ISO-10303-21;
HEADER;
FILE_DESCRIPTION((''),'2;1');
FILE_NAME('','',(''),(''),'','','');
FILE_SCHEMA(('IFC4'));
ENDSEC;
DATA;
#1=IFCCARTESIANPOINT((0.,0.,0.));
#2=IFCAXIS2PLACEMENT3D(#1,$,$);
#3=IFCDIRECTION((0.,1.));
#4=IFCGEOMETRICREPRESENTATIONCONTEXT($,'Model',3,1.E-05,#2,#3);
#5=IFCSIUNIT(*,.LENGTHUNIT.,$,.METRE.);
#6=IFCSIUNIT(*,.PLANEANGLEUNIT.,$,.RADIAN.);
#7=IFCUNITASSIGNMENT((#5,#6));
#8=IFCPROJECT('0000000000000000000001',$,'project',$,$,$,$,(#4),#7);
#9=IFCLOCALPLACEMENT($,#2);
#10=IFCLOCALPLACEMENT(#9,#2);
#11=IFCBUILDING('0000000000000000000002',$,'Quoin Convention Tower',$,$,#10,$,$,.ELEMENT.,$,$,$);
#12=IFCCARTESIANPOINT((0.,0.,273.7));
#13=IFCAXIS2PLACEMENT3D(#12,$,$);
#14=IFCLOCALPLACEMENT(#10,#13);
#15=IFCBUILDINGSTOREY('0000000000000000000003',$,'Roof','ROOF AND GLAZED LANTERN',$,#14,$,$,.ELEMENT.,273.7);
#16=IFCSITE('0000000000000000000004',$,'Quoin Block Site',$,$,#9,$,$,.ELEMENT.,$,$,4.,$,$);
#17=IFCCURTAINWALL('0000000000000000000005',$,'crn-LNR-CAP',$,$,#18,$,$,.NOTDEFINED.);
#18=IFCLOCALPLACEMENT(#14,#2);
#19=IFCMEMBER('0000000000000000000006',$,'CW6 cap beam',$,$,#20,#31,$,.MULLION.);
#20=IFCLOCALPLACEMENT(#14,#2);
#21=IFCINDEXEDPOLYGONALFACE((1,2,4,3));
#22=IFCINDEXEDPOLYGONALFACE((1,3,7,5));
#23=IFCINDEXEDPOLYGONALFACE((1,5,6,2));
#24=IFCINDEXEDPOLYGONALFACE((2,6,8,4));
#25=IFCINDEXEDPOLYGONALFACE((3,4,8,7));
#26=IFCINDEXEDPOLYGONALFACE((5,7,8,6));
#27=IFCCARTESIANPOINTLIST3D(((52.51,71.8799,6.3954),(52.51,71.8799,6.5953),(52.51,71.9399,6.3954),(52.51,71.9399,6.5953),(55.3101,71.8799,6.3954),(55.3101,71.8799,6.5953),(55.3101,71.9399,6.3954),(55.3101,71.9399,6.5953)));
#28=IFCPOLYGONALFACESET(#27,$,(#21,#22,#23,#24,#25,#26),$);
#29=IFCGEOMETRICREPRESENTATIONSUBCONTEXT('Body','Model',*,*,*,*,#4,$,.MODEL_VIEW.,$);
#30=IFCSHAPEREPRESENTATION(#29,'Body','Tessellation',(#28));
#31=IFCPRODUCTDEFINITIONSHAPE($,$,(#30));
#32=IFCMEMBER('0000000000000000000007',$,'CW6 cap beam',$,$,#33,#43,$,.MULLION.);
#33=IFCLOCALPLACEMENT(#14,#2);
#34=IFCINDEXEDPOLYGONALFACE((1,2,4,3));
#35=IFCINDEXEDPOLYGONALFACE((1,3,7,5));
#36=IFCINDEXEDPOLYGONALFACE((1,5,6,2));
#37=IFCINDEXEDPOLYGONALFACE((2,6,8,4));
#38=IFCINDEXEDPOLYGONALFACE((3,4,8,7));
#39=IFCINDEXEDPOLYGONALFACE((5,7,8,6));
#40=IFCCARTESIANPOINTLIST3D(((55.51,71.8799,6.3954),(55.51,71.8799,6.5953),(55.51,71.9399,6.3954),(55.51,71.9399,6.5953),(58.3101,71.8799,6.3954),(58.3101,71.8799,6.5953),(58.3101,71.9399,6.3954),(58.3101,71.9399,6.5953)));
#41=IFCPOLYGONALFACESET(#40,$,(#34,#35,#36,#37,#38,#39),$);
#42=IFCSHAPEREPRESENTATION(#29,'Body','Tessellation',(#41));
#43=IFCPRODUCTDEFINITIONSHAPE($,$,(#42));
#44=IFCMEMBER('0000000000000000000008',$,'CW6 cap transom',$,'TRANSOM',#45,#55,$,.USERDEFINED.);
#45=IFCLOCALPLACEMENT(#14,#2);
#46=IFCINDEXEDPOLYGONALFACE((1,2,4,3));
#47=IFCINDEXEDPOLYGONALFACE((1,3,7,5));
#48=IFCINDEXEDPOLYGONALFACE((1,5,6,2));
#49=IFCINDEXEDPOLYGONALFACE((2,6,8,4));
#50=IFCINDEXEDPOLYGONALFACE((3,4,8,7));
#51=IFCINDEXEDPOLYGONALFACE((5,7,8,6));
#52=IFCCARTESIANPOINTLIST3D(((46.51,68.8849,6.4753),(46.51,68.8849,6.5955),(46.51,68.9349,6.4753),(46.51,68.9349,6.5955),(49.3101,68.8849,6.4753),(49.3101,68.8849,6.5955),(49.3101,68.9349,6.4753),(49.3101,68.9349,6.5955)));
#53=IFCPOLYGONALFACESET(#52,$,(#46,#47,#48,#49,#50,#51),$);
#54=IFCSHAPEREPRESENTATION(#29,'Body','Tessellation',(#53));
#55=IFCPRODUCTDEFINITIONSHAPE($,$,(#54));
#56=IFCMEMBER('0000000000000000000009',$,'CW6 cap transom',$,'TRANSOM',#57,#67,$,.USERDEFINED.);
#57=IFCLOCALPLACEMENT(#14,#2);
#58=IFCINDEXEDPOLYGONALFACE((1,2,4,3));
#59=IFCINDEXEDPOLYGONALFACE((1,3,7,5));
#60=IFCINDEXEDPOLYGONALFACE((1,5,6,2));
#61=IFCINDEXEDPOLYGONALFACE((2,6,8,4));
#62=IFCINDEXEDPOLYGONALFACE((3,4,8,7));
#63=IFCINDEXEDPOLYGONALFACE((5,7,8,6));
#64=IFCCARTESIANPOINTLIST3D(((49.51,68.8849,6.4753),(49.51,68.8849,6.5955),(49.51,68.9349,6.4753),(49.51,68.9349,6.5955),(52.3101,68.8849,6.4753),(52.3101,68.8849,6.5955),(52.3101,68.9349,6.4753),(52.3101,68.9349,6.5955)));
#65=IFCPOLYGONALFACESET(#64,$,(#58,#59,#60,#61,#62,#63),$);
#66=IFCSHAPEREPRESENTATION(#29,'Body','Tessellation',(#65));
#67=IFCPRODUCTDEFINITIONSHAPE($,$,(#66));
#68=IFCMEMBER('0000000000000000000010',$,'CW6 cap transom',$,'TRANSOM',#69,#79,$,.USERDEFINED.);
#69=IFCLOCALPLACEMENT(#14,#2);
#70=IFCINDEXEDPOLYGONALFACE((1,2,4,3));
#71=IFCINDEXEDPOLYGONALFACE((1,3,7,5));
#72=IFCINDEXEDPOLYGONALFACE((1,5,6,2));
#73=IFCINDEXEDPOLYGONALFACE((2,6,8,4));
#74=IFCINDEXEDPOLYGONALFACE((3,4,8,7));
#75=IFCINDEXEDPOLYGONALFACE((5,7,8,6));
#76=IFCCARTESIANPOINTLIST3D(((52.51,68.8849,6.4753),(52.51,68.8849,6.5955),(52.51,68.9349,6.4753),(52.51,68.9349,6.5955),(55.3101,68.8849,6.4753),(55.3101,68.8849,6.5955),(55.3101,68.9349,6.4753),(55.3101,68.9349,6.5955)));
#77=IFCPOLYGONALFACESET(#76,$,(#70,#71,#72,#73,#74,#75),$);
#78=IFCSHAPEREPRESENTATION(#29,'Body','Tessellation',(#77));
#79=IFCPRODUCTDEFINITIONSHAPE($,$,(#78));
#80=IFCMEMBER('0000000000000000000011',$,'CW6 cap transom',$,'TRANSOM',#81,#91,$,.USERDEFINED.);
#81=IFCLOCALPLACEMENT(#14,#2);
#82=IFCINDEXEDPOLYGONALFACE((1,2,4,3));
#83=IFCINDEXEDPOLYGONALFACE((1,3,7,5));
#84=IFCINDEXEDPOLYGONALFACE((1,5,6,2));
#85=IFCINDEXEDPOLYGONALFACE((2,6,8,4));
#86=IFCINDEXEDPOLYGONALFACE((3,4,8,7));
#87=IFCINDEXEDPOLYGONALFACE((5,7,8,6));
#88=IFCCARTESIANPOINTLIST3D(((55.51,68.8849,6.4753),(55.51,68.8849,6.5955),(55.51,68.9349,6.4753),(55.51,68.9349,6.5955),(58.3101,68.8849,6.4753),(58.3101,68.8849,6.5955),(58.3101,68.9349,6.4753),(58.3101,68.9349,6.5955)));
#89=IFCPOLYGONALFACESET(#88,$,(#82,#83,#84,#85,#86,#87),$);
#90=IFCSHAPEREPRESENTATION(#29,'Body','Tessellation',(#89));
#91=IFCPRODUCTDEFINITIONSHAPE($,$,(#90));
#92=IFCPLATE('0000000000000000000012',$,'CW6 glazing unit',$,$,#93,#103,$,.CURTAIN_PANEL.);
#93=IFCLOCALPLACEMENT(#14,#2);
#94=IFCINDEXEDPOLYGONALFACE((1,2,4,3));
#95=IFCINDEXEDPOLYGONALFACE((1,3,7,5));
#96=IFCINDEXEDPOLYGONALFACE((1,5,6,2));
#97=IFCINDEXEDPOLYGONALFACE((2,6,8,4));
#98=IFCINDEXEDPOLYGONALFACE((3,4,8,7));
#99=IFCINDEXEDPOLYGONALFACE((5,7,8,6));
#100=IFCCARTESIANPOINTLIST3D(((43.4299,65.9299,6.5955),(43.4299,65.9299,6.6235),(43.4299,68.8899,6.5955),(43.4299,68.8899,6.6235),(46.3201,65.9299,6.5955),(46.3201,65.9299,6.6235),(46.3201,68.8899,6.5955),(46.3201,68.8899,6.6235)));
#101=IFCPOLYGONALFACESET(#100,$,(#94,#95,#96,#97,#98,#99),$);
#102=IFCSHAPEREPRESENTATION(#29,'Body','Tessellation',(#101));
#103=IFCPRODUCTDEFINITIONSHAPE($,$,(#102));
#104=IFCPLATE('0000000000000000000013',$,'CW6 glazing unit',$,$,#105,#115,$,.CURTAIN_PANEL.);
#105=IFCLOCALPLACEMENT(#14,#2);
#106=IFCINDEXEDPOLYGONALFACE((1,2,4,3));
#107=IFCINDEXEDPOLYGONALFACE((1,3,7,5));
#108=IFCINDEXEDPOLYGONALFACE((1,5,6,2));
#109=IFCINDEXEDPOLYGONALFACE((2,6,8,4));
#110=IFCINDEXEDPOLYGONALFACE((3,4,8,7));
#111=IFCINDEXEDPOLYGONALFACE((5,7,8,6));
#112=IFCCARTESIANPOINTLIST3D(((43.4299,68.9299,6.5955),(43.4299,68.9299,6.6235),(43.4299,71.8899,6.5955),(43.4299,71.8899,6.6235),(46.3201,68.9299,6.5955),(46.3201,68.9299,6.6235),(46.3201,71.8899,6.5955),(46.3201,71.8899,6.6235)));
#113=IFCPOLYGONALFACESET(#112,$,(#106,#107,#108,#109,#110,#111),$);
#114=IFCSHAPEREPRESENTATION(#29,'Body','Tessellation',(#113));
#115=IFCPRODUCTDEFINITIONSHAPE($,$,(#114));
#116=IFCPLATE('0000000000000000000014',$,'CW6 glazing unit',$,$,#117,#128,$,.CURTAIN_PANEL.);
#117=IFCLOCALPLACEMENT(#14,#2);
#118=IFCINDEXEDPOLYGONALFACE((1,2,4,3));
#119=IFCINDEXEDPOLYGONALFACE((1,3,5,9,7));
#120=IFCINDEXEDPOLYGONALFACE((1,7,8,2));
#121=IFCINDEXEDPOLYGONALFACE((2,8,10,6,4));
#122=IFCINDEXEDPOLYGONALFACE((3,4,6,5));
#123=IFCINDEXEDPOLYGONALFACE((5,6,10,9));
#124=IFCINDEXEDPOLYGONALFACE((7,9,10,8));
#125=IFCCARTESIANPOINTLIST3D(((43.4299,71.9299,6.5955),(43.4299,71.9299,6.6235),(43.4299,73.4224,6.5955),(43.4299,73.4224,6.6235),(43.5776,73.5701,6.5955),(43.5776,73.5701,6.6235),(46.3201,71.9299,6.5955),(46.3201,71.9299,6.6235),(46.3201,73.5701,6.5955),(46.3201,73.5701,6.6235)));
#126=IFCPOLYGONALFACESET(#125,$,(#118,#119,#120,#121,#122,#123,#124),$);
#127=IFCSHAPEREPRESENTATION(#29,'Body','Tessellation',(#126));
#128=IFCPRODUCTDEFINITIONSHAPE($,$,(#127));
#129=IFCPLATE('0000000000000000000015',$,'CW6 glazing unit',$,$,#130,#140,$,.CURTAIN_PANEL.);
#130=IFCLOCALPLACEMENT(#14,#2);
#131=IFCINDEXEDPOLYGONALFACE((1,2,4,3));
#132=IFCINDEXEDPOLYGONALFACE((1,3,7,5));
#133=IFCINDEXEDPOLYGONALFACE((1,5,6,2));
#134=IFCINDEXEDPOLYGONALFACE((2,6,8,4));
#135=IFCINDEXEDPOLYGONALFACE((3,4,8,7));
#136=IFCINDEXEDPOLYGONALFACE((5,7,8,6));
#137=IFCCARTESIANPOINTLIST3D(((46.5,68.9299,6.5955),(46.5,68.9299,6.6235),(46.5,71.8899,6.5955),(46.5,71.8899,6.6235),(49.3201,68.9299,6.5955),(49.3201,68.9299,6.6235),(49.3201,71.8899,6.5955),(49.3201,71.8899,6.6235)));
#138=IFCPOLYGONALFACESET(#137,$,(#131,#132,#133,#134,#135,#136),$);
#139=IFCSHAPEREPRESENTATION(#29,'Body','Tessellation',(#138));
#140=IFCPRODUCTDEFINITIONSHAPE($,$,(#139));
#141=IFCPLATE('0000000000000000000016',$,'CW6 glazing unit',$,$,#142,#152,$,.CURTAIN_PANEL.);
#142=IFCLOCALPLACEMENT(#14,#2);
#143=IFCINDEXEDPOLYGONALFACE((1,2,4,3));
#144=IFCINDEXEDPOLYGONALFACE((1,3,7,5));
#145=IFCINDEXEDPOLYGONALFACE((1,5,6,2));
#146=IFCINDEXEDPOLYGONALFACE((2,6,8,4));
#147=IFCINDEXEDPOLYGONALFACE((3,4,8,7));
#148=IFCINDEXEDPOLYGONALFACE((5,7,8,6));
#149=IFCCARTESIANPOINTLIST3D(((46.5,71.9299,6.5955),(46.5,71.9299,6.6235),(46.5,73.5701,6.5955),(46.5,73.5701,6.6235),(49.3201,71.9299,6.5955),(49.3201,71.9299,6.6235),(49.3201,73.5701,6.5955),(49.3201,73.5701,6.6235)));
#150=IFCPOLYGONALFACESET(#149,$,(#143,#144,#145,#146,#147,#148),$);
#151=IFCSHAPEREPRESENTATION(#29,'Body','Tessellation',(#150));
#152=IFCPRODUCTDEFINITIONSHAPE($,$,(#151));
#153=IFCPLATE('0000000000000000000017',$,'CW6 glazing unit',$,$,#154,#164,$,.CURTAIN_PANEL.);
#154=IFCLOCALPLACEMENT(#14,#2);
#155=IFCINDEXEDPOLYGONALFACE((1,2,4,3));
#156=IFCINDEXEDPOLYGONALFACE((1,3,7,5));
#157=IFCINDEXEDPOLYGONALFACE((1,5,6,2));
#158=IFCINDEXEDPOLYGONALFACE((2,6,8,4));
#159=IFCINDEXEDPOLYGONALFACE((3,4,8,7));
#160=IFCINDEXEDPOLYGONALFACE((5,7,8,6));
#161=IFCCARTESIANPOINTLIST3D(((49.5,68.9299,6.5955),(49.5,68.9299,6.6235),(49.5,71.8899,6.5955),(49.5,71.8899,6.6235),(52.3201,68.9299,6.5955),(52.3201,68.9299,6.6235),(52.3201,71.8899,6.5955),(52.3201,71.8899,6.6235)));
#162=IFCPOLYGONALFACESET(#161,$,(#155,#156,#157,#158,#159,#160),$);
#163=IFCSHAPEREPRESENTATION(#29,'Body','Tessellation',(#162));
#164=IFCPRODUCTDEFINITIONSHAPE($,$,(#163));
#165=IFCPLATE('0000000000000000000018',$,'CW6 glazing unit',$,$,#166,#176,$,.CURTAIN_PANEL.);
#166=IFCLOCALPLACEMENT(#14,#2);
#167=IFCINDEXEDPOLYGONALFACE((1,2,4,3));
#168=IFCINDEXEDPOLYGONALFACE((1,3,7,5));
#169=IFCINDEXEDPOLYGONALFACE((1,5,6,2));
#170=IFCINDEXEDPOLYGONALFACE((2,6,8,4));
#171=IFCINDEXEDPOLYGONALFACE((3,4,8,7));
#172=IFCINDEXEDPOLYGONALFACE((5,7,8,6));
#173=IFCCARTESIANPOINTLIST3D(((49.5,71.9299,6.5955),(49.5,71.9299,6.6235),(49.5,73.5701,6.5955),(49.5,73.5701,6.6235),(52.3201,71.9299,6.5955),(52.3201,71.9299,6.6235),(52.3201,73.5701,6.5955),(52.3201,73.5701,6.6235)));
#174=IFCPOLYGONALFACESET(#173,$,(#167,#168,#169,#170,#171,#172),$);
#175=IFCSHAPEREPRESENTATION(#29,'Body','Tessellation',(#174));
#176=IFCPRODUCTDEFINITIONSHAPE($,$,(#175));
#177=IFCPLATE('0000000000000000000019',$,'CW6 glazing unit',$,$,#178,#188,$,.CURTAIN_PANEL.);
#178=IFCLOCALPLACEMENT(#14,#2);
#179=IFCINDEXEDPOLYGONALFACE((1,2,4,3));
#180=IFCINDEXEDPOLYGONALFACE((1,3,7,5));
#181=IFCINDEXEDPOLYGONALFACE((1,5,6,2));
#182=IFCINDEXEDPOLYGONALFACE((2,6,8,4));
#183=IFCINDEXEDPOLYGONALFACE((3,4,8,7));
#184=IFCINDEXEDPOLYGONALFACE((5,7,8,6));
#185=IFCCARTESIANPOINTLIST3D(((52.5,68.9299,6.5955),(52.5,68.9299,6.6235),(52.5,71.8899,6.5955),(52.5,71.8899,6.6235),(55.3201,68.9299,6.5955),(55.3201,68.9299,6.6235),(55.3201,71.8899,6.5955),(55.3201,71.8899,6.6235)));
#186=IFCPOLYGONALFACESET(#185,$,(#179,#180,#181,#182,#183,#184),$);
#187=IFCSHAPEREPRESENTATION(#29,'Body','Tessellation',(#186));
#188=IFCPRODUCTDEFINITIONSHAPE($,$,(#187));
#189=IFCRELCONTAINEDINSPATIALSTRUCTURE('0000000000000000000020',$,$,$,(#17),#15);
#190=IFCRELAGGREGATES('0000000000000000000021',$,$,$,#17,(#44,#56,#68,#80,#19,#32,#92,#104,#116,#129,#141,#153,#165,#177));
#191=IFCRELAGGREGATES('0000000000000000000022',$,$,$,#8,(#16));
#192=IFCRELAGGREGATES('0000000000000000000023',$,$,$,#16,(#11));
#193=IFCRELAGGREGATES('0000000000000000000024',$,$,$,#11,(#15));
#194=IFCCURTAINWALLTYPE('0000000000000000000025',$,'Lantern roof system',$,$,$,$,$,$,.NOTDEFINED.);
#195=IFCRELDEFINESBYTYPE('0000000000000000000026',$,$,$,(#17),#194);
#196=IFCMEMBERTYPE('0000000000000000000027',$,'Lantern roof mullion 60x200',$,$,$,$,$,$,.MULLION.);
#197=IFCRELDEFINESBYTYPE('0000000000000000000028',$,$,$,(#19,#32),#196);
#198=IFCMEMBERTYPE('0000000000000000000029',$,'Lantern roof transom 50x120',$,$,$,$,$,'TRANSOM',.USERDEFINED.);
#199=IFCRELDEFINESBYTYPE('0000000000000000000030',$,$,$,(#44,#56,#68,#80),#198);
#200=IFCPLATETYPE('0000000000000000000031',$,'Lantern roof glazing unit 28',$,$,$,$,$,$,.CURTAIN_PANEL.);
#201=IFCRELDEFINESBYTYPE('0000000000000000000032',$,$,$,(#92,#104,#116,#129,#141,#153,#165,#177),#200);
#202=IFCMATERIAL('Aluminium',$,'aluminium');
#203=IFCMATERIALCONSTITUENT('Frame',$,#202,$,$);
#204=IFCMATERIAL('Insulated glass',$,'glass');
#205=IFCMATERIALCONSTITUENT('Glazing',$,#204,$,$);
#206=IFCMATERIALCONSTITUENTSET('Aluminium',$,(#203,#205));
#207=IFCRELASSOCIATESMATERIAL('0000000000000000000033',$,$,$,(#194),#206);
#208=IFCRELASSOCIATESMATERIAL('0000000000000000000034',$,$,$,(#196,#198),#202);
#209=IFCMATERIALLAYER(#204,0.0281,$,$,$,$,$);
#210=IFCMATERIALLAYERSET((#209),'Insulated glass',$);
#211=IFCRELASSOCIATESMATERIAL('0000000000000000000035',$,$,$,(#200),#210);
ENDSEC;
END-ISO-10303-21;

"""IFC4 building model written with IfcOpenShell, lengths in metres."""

from ifc_helpers import new_model, si_unit, direction, frame, origin, origin_2d, place, context, subcontext, project, spatial, polyline, rectangle, outline, extrude, material, layer, layer_set, constituent, constituent_set, material_profile, profile_set, type_object, element, aggregate, save


model = new_model("IFC4")

# Units and contexts
model_context = context("Model", 3, precision=1e-05, world=origin(), true_north=direction((0.0, 1.0)))
body_context = subcontext(model_context, "Body", "Model", "MODEL_VIEW")
ifc_project = project(units=[si_unit("LENGTHUNIT", "METRE"), si_unit("PLANEANGLEUNIT", "RADIAN")], contexts=[model_context])

# Site, building, storey
site_placement = place(None, origin())
site = spatial("IfcSite", under=ifc_project, at=site_placement, Name="Quoin Block Site", CompositionType="ELEMENT", RefElevation=4.0)
building_placement = place(site_placement, origin())
building = spatial("IfcBuilding", under=site, at=building_placement, Name="Quoin Convention Tower", CompositionType="ELEMENT")
storey_placement = place(building_placement, frame((0.0, 0.0, 273.7)))
storey = spatial("IfcBuildingStorey", under=building, at=storey_placement, Name="Roof", Description="ROOF AND GLAZED LANTERN", CompositionType="ELEMENT", Elevation=273.7)

# Curtain wall, members, plates
ifc_material_1 = material(Name="Aluminium", Category="aluminium")
ifc_constituent_1 = constituent(ifc_material_1, Name="Frame")
ifc_material_2 = material(Name="Insulated glass", Category="glass")
ifc_constituent_2 = constituent(ifc_material_2, Name="Glazing")
ifc_constituent_set = constituent_set(constituents=[ifc_constituent_1, ifc_constituent_2], Name="Aluminium")
curtain_wall_type = type_object("IfcCurtainWallType", Name="Lantern roof system", PredefinedType="NOTDEFINED", material=ifc_constituent_set)
curtain_wall_placement = place(storey_placement, origin())
curtain_wall = element("IfcCurtainWall", 1, at=curtain_wall_placement, inside=storey, type_object=curtain_wall_type, Name="crn-LNR-CAP", PredefinedType="NOTDEFINED")
ifc_material_profile_1 = material_profile(ifc_material_1, rectangle(XDim=0.2, YDim=0.0601, at=origin_2d()), Name="Lantern roof mullion 60x200")
ifc_profile_set_1 = profile_set([ifc_material_profile_1], Name="Aluminium")
member_type_1 = type_object("IfcMemberType", Name="Lantern roof mullion 60x200", PredefinedType="MULLION", material=ifc_profile_set_1)
member_1_placement = place(storey_placement, frame((52.51, 71.9099, 6.4954), z_axis=(1.0, 0.0, 0.0), x_axis=(0.0, 0.0, 1.0)))
member_1 = element("IfcMember", 2, at=member_1_placement, type_object=member_type_1, Name="CW6 cap beam", PredefinedType="MULLION", context=body_context, shape_type="SweptSolid", body=[
    extrude(rectangle(XDim=0.2, YDim=0.0601, at=origin_2d()), origin(), (0.0, 0.0, 1.0), 2.8),
])
member_2_placement = place(storey_placement, frame((55.51, 71.9099, 6.4954), z_axis=(1.0, 0.0, 0.0), x_axis=(0.0, 0.0, 1.0)))
member_2 = element("IfcMember", 3, at=member_2_placement, type_object=member_type_1, Name="CW6 cap beam", PredefinedType="MULLION", context=body_context, shape_type="SweptSolid", body=[
    extrude(rectangle(XDim=0.2, YDim=0.0601, at=origin_2d()), origin(), (0.0, 0.0, 1.0), 2.8),
])
ifc_material_profile_2 = material_profile(ifc_material_1, rectangle(XDim=0.1201, YDim=0.05, at=origin_2d()), Name="Lantern roof transom 50x120")
ifc_profile_set_2 = profile_set([ifc_material_profile_2], Name="Aluminium")
member_type_2 = type_object("IfcMemberType", Name="Lantern roof transom 50x120", ElementType="TRANSOM", PredefinedType="USERDEFINED", material=ifc_profile_set_2)
member_3_placement = place(storey_placement, frame((46.51, 68.9099, 6.5354), z_axis=(1.0, 0.0, 0.0), x_axis=(0.0, 0.0, 1.0)))
member_3 = element("IfcMember", 4, at=member_3_placement, type_object=member_type_2, Name="CW6 cap transom", ObjectType="TRANSOM", PredefinedType="USERDEFINED", context=body_context, shape_type="SweptSolid", body=[
    extrude(rectangle(XDim=0.1201, YDim=0.05, at=origin_2d()), origin(), (0.0, 0.0, 1.0), 2.8),
])
member_4_placement = place(storey_placement, frame((49.51, 68.9099, 6.5354), z_axis=(1.0, 0.0, 0.0), x_axis=(0.0, 0.0, 1.0)))
member_4 = element("IfcMember", 5, at=member_4_placement, type_object=member_type_2, Name="CW6 cap transom", ObjectType="TRANSOM", PredefinedType="USERDEFINED", context=body_context, shape_type="SweptSolid", body=[
    extrude(rectangle(XDim=0.1201, YDim=0.05, at=origin_2d()), origin(), (0.0, 0.0, 1.0), 2.8),
])
member_5_placement = place(storey_placement, frame((52.51, 68.9099, 6.5354), z_axis=(1.0, 0.0, 0.0), x_axis=(0.0, 0.0, 1.0)))
member_5 = element("IfcMember", 6, at=member_5_placement, type_object=member_type_2, Name="CW6 cap transom", ObjectType="TRANSOM", PredefinedType="USERDEFINED", context=body_context, shape_type="SweptSolid", body=[
    extrude(rectangle(XDim=0.1201, YDim=0.05, at=origin_2d()), origin(), (0.0, 0.0, 1.0), 2.8),
])
member_6_placement = place(storey_placement, frame((55.51, 68.9099, 6.5354), z_axis=(1.0, 0.0, 0.0), x_axis=(0.0, 0.0, 1.0)))
member_6 = element("IfcMember", 7, at=member_6_placement, type_object=member_type_2, Name="CW6 cap transom", ObjectType="TRANSOM", PredefinedType="USERDEFINED", context=body_context, shape_type="SweptSolid", body=[
    extrude(rectangle(XDim=0.1201, YDim=0.05, at=origin_2d()), origin(), (0.0, 0.0, 1.0), 2.8),
])
ifc_layer = layer(ifc_material_2, 0.0281)
ifc_layer_set = layer_set([ifc_layer], Name="Insulated glass")
plate_type = type_object("IfcPlateType", Name="Lantern roof glazing unit 28", PredefinedType="CURTAIN_PANEL", material=ifc_layer_set)
plate_1_placement = place(storey_placement, frame((46.3201, 68.8899, 6.6235), z_axis=(0.0, 0.0, 1.0), x_axis=(0.0, -1.0, 0.0)))
plate_1 = element("IfcPlate", 8, at=plate_1_placement, type_object=plate_type, Name="CW6 glazing unit", PredefinedType="CURTAIN_PANEL", context=body_context, shape_type="SweptSolid", body=[
    extrude(outline(polyline([(0.0, 0.0), (2.96, 0.0), (2.96, -2.8901), (0.0, -2.8901), (0.0, 0.0)])), origin(), (0.0, 0.0, -1.0), 0.0281),
])
plate_2_placement = place(storey_placement, frame((46.3201, 71.8899, 6.6235), z_axis=(0.0, 0.0, 1.0), x_axis=(0.0, -1.0, 0.0)))
plate_2 = element("IfcPlate", 9, at=plate_2_placement, type_object=plate_type, Name="CW6 glazing unit", PredefinedType="CURTAIN_PANEL", context=body_context, shape_type="SweptSolid", body=[
    extrude(outline(polyline([(0.0, 0.0), (2.96, 0.0), (2.96, -2.8901), (0.0, -2.8901), (0.0, 0.0)])), origin(), (0.0, 0.0, -1.0), 0.0281),
])
plate_3_placement = place(storey_placement, frame((46.3201, 71.9299, 6.6235), z_axis=(0.0, 0.0, 1.0), x_axis=(-1.0, 0.0, 0.0)))
plate_3 = element("IfcPlate", 10, at=plate_3_placement, type_object=plate_type, Name="CW6 glazing unit", PredefinedType="CURTAIN_PANEL", context=body_context, shape_type="SweptSolid", body=[
    extrude(outline(polyline([(0.0, 0.0), (2.8901, 0.0), (2.8901, -1.4924), (2.7424, -1.6401), (0.0, -1.6401), (0.0, 0.0)])), origin(), (0.0, 0.0, -1.0), 0.0281),
])
plate_4_placement = place(storey_placement, frame((46.5, 68.9299, 6.6235), z_axis=(0.0, 0.0, 1.0), x_axis=(0.0, 1.0, 0.0)))
plate_4 = element("IfcPlate", 11, at=plate_4_placement, type_object=plate_type, Name="CW6 glazing unit", PredefinedType="CURTAIN_PANEL", context=body_context, shape_type="SweptSolid", body=[
    extrude(outline(polyline([(0.0, 0.0), (2.96, 0.0), (2.96, -2.8201), (0.0, -2.8201), (0.0, 0.0)])), origin(), (0.0, 0.0, -1.0), 0.0281),
])
plate_5_placement = place(storey_placement, frame((49.3201, 71.9299, 6.6235), z_axis=(0.0, 0.0, 1.0), x_axis=(-1.0, 0.0, 0.0)))
plate_5 = element("IfcPlate", 12, at=plate_5_placement, type_object=plate_type, Name="CW6 glazing unit", PredefinedType="CURTAIN_PANEL", context=body_context, shape_type="SweptSolid", body=[
    extrude(outline(polyline([(0.0, 0.0), (2.8201, 0.0), (2.8201, -1.6401), (0.0, -1.6401), (0.0, 0.0)])), origin(), (0.0, 0.0, -1.0), 0.0281),
])
plate_6_placement = place(storey_placement, frame((49.5, 68.9299, 6.6235), z_axis=(0.0, 0.0, 1.0), x_axis=(0.0, 1.0, 0.0)))
plate_6 = element("IfcPlate", 13, at=plate_6_placement, type_object=plate_type, Name="CW6 glazing unit", PredefinedType="CURTAIN_PANEL", context=body_context, shape_type="SweptSolid", body=[
    extrude(outline(polyline([(0.0, 0.0), (2.96, 0.0), (2.96, -2.8201), (0.0, -2.8201), (0.0, 0.0)])), origin(), (0.0, 0.0, -1.0), 0.0281),
])
plate_7_placement = place(storey_placement, frame((52.3201, 71.9299, 6.6235), z_axis=(0.0, 0.0, 1.0), x_axis=(-1.0, 0.0, 0.0)))
plate_7 = element("IfcPlate", 14, at=plate_7_placement, type_object=plate_type, Name="CW6 glazing unit", PredefinedType="CURTAIN_PANEL", context=body_context, shape_type="SweptSolid", body=[
    extrude(outline(polyline([(0.0, 0.0), (2.8201, 0.0), (2.8201, -1.6401), (0.0, -1.6401), (0.0, 0.0)])), origin(), (0.0, 0.0, -1.0), 0.0281),
])
plate_8_placement = place(storey_placement, frame((52.5, 68.9299, 6.6235), z_axis=(0.0, 0.0, 1.0), x_axis=(0.0, 1.0, 0.0)))
plate_8 = element("IfcPlate", 15, at=plate_8_placement, type_object=plate_type, Name="CW6 glazing unit", PredefinedType="CURTAIN_PANEL", context=body_context, shape_type="SweptSolid", body=[
    extrude(outline(polyline([(0.0, 0.0), (2.96, 0.0), (2.96, -2.8201), (0.0, -2.8201), (0.0, 0.0)])), origin(), (0.0, 0.0, -1.0), 0.0281),
])
aggregate(curtain_wall, [member_3, member_4, member_5, member_6, member_1, member_2, plate_1, plate_2, plate_3, plate_4, plate_5, plate_6, plate_7, plate_8])

save(model, "model.ifc")
